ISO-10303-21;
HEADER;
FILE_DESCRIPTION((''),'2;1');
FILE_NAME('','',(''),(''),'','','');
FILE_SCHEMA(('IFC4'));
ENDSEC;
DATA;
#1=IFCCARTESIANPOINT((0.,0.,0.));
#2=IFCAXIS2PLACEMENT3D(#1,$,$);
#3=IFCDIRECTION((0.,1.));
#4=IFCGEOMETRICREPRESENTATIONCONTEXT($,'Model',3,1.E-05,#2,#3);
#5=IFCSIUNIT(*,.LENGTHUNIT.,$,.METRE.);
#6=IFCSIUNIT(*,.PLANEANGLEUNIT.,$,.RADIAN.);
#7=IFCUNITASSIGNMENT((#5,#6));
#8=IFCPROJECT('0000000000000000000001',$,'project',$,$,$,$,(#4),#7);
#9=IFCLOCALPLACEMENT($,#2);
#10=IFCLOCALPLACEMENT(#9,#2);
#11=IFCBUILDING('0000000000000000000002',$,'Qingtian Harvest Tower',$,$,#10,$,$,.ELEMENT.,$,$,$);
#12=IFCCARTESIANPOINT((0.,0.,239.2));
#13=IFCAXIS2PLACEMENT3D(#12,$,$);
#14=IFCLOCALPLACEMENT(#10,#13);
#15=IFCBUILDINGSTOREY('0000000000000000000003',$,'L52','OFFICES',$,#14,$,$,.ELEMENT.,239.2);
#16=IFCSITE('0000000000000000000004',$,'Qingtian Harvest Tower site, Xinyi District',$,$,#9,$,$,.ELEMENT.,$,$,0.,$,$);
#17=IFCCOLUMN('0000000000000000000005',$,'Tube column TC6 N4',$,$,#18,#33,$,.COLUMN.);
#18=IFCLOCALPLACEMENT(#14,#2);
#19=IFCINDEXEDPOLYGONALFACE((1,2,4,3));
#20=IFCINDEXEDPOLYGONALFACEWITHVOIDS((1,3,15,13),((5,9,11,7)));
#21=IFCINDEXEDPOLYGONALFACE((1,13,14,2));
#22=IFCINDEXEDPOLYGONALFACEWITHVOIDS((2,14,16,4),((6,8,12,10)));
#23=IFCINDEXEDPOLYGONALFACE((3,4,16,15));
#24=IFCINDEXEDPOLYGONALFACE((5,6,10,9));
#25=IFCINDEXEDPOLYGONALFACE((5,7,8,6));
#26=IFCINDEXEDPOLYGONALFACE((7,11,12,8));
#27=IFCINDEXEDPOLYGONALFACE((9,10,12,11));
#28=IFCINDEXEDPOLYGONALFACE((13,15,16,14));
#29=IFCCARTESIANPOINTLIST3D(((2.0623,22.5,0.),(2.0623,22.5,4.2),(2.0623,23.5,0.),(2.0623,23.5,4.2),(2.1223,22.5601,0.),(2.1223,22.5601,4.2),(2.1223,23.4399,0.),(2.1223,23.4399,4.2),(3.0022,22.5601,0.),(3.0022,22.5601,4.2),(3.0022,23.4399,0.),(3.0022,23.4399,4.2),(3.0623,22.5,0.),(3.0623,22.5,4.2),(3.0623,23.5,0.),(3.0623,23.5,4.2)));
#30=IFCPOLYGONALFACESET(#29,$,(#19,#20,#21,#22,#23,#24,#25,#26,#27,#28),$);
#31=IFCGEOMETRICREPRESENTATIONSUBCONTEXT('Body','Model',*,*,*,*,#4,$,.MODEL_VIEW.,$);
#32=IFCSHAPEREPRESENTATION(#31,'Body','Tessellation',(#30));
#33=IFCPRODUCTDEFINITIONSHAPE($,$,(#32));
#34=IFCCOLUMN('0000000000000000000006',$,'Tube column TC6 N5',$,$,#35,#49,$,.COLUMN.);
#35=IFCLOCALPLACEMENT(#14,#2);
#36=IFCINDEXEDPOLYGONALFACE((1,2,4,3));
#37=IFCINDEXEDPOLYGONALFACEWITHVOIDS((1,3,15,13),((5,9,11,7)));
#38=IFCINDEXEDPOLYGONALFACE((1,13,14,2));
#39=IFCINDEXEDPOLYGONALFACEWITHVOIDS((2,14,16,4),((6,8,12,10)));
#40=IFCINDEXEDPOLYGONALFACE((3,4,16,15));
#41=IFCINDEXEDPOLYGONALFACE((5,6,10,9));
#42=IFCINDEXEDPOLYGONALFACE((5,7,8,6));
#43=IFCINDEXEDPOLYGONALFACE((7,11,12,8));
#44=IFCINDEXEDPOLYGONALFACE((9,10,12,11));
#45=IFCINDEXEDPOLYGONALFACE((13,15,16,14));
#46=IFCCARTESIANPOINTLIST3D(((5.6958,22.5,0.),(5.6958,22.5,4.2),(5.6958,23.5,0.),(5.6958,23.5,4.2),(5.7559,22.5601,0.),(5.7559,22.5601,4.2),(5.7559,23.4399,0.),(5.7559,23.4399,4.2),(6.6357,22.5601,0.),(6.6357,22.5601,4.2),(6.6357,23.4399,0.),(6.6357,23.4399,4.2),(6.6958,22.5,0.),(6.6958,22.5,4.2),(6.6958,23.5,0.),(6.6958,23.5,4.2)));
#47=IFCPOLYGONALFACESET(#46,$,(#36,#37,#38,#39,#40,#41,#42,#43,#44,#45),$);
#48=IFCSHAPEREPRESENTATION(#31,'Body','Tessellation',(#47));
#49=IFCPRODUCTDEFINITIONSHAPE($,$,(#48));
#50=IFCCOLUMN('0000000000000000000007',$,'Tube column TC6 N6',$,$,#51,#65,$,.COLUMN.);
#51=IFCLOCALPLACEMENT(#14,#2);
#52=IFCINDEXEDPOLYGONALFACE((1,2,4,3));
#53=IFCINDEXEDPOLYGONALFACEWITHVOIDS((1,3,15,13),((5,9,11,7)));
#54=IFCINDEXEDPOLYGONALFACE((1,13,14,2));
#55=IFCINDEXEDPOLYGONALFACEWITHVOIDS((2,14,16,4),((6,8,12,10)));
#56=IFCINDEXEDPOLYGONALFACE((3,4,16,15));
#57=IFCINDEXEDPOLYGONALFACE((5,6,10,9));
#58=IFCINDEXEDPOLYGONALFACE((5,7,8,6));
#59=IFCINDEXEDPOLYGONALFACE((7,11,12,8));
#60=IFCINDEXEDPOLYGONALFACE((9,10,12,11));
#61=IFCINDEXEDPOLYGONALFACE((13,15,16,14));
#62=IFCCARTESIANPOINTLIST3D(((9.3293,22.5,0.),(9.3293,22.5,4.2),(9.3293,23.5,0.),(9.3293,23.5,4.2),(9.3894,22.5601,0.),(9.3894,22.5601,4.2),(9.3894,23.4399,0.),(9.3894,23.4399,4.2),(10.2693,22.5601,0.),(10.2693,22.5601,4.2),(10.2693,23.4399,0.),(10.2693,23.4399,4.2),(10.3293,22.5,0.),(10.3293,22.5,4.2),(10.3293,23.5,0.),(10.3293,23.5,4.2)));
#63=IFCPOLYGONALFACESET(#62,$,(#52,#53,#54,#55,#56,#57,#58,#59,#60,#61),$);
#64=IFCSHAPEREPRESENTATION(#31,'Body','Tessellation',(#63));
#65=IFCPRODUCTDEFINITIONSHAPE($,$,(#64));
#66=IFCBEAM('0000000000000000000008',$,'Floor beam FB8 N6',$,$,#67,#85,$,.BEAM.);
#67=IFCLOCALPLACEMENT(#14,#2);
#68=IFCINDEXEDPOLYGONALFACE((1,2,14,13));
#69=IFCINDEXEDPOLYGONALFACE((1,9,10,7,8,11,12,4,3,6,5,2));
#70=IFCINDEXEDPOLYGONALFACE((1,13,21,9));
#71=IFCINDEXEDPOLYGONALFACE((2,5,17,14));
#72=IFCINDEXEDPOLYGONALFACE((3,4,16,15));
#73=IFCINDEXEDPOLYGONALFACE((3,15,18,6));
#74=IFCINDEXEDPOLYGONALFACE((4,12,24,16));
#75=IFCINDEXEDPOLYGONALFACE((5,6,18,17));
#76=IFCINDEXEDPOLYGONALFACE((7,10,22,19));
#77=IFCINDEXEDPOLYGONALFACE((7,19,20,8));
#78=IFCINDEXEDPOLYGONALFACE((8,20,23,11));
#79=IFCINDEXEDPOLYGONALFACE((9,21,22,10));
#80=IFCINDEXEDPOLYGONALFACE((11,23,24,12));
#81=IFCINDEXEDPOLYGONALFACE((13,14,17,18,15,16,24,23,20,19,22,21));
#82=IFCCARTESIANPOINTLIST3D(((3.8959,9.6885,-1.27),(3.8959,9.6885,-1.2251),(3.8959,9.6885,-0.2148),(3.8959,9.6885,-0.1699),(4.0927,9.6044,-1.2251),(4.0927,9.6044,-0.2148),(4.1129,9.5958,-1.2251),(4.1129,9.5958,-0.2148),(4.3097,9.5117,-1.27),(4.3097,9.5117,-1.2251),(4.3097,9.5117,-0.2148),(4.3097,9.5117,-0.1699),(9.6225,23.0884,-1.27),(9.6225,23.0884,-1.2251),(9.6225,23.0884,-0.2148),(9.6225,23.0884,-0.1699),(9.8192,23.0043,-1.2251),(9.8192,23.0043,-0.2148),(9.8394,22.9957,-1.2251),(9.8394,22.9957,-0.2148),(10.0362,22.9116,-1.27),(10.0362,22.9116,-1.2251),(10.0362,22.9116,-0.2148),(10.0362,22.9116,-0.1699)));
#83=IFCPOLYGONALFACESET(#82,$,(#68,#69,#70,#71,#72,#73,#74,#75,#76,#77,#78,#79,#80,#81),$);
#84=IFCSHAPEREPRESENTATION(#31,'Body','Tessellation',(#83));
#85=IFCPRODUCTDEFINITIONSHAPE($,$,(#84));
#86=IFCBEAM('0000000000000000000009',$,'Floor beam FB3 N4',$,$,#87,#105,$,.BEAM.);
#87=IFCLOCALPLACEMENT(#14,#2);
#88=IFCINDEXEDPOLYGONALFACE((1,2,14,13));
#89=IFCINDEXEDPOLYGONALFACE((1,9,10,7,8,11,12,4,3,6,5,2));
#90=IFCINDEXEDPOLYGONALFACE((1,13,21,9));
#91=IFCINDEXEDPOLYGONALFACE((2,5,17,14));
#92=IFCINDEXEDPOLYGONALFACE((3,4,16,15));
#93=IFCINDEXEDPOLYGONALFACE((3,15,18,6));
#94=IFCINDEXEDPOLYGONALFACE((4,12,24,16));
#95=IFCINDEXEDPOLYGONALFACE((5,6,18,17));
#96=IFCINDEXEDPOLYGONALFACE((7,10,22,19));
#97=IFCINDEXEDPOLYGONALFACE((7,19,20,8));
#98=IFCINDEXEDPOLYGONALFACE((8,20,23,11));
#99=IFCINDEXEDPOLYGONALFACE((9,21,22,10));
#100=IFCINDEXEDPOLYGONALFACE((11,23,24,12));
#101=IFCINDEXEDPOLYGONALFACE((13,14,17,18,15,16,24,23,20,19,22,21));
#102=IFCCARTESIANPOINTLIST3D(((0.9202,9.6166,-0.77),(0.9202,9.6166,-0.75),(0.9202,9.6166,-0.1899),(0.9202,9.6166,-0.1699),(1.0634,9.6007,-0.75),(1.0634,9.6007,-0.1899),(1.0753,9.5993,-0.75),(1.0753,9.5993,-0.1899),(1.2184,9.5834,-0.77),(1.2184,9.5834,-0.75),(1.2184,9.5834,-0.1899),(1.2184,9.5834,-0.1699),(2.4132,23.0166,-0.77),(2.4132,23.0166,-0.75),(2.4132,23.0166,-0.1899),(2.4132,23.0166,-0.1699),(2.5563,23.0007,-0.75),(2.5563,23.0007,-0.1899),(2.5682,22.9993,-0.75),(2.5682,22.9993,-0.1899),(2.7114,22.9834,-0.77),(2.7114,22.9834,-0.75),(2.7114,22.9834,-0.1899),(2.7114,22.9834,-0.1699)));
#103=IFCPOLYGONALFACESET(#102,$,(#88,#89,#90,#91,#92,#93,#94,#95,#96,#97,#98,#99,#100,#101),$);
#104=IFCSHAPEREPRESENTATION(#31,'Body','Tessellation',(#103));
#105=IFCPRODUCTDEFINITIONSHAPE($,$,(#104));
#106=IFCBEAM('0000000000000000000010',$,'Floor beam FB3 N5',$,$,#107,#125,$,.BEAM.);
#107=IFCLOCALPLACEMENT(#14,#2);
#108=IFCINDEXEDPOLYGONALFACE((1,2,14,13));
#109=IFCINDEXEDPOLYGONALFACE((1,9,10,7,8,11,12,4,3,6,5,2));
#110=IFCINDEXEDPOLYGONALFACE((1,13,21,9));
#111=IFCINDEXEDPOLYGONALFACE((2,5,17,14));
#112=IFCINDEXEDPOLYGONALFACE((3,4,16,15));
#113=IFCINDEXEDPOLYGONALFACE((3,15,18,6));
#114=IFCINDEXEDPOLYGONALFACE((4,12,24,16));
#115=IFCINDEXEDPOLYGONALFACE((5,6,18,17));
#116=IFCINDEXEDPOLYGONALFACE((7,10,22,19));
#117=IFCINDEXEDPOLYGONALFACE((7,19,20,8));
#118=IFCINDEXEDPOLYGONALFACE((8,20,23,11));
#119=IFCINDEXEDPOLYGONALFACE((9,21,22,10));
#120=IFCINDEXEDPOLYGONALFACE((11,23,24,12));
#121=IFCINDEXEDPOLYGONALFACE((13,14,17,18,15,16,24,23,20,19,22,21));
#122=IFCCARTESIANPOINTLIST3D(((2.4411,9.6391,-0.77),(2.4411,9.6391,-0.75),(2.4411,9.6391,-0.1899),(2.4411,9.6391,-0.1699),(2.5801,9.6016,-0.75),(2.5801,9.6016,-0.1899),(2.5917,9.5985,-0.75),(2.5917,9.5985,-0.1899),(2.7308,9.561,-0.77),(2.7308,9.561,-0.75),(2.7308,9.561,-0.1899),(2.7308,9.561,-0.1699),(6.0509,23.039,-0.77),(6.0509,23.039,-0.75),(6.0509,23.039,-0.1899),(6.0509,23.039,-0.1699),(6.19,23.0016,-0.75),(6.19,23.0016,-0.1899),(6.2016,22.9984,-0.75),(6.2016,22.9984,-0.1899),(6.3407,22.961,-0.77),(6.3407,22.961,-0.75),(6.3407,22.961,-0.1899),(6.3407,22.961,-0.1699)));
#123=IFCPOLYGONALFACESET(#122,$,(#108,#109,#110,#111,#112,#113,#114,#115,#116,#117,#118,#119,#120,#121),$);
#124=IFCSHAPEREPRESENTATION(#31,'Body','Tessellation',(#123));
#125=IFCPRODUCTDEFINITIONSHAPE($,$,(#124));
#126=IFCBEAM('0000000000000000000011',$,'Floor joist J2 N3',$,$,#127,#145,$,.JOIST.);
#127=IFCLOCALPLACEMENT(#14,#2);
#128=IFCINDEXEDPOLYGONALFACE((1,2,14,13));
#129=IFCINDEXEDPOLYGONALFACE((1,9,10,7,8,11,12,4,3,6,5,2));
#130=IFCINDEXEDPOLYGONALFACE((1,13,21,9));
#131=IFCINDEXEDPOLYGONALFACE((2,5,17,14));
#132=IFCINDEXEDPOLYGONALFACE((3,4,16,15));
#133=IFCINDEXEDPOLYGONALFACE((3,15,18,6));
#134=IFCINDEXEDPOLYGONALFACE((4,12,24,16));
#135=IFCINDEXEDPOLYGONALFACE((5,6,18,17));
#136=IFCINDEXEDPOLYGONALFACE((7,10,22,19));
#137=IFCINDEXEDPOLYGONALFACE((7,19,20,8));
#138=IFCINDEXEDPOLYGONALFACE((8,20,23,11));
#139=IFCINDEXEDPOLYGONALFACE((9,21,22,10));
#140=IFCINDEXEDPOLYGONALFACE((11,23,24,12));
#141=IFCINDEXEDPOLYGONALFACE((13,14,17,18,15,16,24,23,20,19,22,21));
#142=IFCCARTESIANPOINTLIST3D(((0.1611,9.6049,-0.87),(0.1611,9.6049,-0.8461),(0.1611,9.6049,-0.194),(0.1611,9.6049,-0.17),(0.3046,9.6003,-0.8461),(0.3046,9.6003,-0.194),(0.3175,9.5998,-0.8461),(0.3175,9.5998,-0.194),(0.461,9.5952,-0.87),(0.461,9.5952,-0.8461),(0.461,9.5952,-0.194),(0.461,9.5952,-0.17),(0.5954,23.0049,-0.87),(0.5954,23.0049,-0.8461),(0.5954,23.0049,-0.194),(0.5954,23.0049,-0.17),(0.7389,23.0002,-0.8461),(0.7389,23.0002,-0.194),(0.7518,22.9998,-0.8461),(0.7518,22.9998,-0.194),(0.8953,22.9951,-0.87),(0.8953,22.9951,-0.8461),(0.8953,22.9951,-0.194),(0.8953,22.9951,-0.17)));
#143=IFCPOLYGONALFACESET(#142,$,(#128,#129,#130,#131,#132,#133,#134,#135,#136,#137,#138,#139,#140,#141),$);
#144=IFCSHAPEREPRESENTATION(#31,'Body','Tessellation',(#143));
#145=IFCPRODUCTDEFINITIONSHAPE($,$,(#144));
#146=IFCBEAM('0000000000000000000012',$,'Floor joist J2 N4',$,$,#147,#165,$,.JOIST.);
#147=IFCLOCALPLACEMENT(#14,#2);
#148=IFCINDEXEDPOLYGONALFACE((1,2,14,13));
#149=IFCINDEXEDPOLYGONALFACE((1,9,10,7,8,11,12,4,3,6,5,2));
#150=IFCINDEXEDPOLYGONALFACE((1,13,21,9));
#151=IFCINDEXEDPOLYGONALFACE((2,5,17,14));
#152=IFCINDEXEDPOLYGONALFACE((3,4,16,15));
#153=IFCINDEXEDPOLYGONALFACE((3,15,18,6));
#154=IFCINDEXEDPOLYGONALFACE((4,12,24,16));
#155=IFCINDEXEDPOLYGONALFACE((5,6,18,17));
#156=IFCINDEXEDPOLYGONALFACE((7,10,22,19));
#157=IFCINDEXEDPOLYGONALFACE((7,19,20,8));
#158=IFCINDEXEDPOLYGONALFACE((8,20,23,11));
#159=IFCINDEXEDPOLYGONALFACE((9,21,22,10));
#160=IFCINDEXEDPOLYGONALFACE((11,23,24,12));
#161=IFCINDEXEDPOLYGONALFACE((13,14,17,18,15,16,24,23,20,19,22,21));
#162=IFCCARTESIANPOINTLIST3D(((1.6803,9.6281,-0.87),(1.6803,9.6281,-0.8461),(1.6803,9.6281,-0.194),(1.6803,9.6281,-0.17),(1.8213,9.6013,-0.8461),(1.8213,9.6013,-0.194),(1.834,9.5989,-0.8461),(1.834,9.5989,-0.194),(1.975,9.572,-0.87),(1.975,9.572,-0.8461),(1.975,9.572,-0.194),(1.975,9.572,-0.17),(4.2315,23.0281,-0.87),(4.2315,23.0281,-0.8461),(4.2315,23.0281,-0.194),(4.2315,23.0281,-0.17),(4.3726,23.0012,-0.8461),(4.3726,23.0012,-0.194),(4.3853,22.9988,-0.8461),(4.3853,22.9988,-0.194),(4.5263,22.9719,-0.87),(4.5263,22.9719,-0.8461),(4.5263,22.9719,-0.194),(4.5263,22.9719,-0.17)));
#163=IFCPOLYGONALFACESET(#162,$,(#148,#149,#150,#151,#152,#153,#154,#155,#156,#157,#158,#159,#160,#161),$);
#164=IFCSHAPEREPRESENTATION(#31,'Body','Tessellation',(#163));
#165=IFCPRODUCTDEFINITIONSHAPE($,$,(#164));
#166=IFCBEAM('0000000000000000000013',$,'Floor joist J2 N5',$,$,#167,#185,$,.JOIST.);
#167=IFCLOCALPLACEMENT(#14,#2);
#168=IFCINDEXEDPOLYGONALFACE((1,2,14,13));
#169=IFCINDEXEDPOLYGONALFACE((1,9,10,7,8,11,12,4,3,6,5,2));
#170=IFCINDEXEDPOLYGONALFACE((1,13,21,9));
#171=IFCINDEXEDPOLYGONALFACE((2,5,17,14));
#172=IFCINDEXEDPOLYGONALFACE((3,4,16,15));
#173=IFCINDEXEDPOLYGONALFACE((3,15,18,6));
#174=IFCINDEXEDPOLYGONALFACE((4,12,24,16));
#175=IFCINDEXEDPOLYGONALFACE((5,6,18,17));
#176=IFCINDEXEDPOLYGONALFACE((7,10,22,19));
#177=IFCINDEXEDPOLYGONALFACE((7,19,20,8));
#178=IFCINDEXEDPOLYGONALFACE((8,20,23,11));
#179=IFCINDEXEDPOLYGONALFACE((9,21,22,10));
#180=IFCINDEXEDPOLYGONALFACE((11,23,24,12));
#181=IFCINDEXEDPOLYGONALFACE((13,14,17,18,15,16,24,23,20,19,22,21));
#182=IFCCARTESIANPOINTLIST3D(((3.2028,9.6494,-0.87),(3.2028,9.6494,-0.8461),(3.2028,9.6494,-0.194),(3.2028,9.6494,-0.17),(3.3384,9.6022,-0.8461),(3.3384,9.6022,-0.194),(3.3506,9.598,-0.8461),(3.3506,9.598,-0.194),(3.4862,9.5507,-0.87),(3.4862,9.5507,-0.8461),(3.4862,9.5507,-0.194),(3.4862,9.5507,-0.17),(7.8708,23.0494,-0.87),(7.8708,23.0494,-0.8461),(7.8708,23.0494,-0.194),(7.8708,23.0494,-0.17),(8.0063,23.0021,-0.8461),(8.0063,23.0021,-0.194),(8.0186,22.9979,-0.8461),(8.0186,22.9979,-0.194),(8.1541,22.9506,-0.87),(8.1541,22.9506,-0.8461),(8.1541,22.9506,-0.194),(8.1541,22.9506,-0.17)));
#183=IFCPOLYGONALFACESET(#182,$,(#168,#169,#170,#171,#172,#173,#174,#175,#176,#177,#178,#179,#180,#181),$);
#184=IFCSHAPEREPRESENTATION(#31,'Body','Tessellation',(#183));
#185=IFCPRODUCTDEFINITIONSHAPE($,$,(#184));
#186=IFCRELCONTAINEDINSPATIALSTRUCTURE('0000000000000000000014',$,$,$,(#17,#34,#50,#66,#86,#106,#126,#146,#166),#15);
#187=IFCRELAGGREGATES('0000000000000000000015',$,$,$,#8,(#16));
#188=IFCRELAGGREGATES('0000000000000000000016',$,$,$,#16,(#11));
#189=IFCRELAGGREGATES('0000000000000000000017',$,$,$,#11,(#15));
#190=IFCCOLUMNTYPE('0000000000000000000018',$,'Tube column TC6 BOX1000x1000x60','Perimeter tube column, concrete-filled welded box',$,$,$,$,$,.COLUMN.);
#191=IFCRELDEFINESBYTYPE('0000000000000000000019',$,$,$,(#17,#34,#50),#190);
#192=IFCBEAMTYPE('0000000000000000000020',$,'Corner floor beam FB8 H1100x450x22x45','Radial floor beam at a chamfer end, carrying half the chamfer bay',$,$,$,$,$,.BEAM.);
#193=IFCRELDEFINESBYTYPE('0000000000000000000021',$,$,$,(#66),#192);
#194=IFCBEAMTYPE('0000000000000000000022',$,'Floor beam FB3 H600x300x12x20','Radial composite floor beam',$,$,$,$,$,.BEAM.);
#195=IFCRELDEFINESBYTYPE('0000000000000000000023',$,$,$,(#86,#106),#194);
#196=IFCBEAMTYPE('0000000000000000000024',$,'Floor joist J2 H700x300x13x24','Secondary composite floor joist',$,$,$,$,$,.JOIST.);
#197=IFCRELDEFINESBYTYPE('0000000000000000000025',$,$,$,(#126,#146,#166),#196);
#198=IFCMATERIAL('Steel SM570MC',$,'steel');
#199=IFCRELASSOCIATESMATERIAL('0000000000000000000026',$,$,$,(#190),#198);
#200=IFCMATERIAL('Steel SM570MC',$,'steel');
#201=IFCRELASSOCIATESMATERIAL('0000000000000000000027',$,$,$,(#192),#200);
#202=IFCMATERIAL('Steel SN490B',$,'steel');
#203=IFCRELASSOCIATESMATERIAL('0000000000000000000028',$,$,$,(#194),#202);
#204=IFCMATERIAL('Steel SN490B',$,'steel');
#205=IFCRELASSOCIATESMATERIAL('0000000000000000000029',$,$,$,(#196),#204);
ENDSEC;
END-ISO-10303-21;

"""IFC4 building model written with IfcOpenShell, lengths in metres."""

from ifc_helpers import new_model, si_unit, direction, frame, origin, origin_2d, place, context, subcontext, project, spatial, hollow_rectangle, i_section, extrude, material, material_profile, profile_set, type_object, element, save


model = new_model("IFC4")

# Units and contexts
model_context = context("Model", 3, precision=1e-05, world=origin(), true_north=direction((0.0, 1.0)))
body_context = subcontext(model_context, "Body", "Model", "MODEL_VIEW")
ifc_project = project(units=[si_unit("LENGTHUNIT", "METRE"), si_unit("PLANEANGLEUNIT", "RADIAN")], contexts=[model_context])

# Site, building, storey
site_placement = place(None, origin())
site = spatial("IfcSite", under=ifc_project, at=site_placement, Name="Qingtian Harvest Tower site, Xinyi District", CompositionType="ELEMENT", RefElevation=0.0)
building_placement = place(site_placement, origin())
building = spatial("IfcBuilding", under=site, at=building_placement, Name="Qingtian Harvest Tower", CompositionType="ELEMENT")
storey_placement = place(building_placement, frame((0.0, 0.0, 239.2)))
storey = spatial("IfcBuildingStorey", under=building, at=storey_placement, Name="L52", Description="OFFICES", CompositionType="ELEMENT", Elevation=239.2)

# Columns
ifc_material_1 = material(Name="Steel SM570MC", Category="steel")
ifc_material_profile_1 = material_profile(ifc_material_1, hollow_rectangle(XDim=1.0, YDim=1.0, WallThickness=0.0601, at=origin_2d()), Name="BOX1000x1000x60")
ifc_profile_set_1 = profile_set([ifc_material_profile_1], Name="Steel SM570MC")
column_type = type_object("IfcColumnType", Name="Tube column TC6 BOX1000x1000x60", Description="Perimeter tube column, concrete-filled welded box", PredefinedType="COLUMN", material=ifc_profile_set_1)
for number, where, z_axis, x_axis, name in (
    (1, (2.5623, 23.0, 0.0), (0.0, 0.0, 1.0), (-1.0, 0.0, 0.0), "Tube column TC6 N4"),
    (2, (6.1958, 23.0, 0.0), (0.0, 0.0, 1.0), (-1.0, 0.0, 0.0), "Tube column TC6 N5"),
    (3, (9.8293, 23.0, 0.0), (0.0, 0.0, 1.0), (-1.0, 0.0, 0.0), "Tube column TC6 N6"),
):
    element("IfcColumn", number, at=place(storey_placement, frame(where, z_axis=z_axis, x_axis=x_axis)), inside=storey, type_object=column_type, Name=name, PredefinedType="COLUMN", context=body_context, shape_type="SweptSolid", body=[
        extrude(hollow_rectangle(XDim=1.0, YDim=1.0, WallThickness=0.0601, at=origin_2d()), origin(), (0.0, 0.0, 1.0), 4.2),
    ])

# Beams
ifc_material_2 = material(Name="Steel SM570MC", Category="steel")
ifc_material_profile_2 = material_profile(ifc_material_2, i_section(OverallWidth=0.45, OverallDepth=1.1001, WebThickness=0.022, FlangeThickness=0.0449, at=origin_2d()), Name="H1100x450x22x45")
ifc_profile_set_2 = profile_set([ifc_material_profile_2], Name="Steel SM570MC")
beam_type_1 = type_object("IfcBeamType", Name="Corner floor beam FB8 H1100x450x22x45", Description="Radial floor beam at a chamfer end, carrying half the chamfer bay", PredefinedType="BEAM", material=ifc_profile_set_2)
beam_1_placement = place(storey_placement, frame((9.8293, 23.0, -0.72), z_axis=(-0.392977, -0.919548, 0.0), x_axis=(0.919548, -0.392977, 0.0)))
element("IfcBeam", 4, at=beam_1_placement, inside=storey, type_object=beam_type_1, Name="Floor beam FB8 N6", PredefinedType="BEAM", context=body_context, shape_type="SweptSolid", body=[
    extrude(i_section(OverallWidth=0.45, OverallDepth=1.1001, WebThickness=0.022, FlangeThickness=0.0449, at=origin_2d()), origin(), (0.0, 0.0, 1.0), 14.5723),
])
ifc_material_3 = material(Name="Steel SN490B", Category="steel")
ifc_material_profile_3 = material_profile(ifc_material_3, i_section(OverallWidth=0.3, OverallDepth=0.6001, WebThickness=0.012, FlangeThickness=0.02, at=origin_2d()), Name="H600x300x12x20")
ifc_profile_set_3 = profile_set([ifc_material_profile_3], Name="Steel SN490B")
beam_type_2 = type_object("IfcBeamType", Name="Floor beam FB3 H600x300x12x20", Description="Radial composite floor beam", PredefinedType="BEAM", material=ifc_profile_set_3)
beam_2_placement = place(storey_placement, frame((2.5623, 23.0, -0.47), z_axis=(-0.110728, -0.993851, 0.0), x_axis=(0.993851, -0.110728, 0.0)))
element("IfcBeam", 5, at=beam_2_placement, inside=storey, type_object=beam_type_2, Name="Floor beam FB3 N4", PredefinedType="BEAM", context=body_context, shape_type="SweptSolid", body=[
    extrude(i_section(OverallWidth=0.3, OverallDepth=0.6001, WebThickness=0.012, FlangeThickness=0.02, at=origin_2d()), origin(), (0.0, 0.0, 1.0), 13.4829),
])
beam_3_placement = place(storey_placement, frame((6.1958, 23.0, -0.47), z_axis=(-0.260121, -0.965576, 0.0), x_axis=(0.965576, -0.260121, 0.0)))
element("IfcBeam", 6, at=beam_3_placement, inside=storey, type_object=beam_type_2, Name="Floor beam FB3 N5", PredefinedType="BEAM", context=body_context, shape_type="SweptSolid", body=[
    extrude(i_section(OverallWidth=0.3, OverallDepth=0.6001, WebThickness=0.012, FlangeThickness=0.02, at=origin_2d()), origin(), (0.0, 0.0, 1.0), 13.8777),
])
ifc_material_4 = material(Name="Steel SN490B", Category="steel")
ifc_material_profile_4 = material_profile(ifc_material_4, i_section(OverallWidth=0.3, OverallDepth=0.7, WebThickness=0.0129, FlangeThickness=0.0239, at=origin_2d()), Name="H700x300x13x24")
ifc_profile_set_4 = profile_set([ifc_material_profile_4], Name="Steel SN490B")
beam_type_3 = type_object("IfcBeamType", Name="Floor joist J2 H700x300x13x24", Description="Secondary composite floor joist", PredefinedType="JOIST", material=ifc_profile_set_4)
beam_4_placement = place(storey_placement, frame((0.7454, 23.0, -0.52), z_axis=(-0.032396, -0.999475, 0.0), x_axis=(0.999475, -0.032396, 0.0)))
element("IfcBeam", 7, at=beam_4_placement, inside=storey, type_object=beam_type_3, Name="Floor joist J2 N3", PredefinedType="JOIST", context=body_context, shape_type="SweptSolid", body=[
    extrude(i_section(OverallWidth=0.3, OverallDepth=0.7, WebThickness=0.0129, FlangeThickness=0.0239, at=origin_2d()), origin(), (0.0, 0.0, 1.0), 13.407),
])
beam_5_placement = place(storey_placement, frame((4.3789, 23.0, -0.52), z_axis=(-0.187035, -0.982353, 0.0), x_axis=(0.982353, -0.187035, 0.0)))
element("IfcBeam", 8, at=beam_5_placement, inside=storey, type_object=beam_type_3, Name="Floor joist J2 N4", PredefinedType="JOIST", context=body_context, shape_type="SweptSolid", body=[
    extrude(i_section(OverallWidth=0.3, OverallDepth=0.7, WebThickness=0.0129, FlangeThickness=0.0239, at=origin_2d()), origin(), (0.0, 0.0, 1.0), 13.6406),
])
beam_6_placement = place(storey_placement, frame((8.0125, 23.0, -0.52), z_axis=(-0.328969, -0.944341, 0.0), x_axis=(0.944341, -0.328969, 0.0)))
element("IfcBeam", 9, at=beam_6_placement, inside=storey, type_object=beam_type_3, Name="Floor joist J2 N5", PredefinedType="JOIST", context=body_context, shape_type="SweptSolid", body=[
    extrude(i_section(OverallWidth=0.3, OverallDepth=0.7, WebThickness=0.0129, FlangeThickness=0.0239, at=origin_2d()), origin(), (0.0, 0.0, 1.0), 14.1897),
])

save(model, "model.ifc")
